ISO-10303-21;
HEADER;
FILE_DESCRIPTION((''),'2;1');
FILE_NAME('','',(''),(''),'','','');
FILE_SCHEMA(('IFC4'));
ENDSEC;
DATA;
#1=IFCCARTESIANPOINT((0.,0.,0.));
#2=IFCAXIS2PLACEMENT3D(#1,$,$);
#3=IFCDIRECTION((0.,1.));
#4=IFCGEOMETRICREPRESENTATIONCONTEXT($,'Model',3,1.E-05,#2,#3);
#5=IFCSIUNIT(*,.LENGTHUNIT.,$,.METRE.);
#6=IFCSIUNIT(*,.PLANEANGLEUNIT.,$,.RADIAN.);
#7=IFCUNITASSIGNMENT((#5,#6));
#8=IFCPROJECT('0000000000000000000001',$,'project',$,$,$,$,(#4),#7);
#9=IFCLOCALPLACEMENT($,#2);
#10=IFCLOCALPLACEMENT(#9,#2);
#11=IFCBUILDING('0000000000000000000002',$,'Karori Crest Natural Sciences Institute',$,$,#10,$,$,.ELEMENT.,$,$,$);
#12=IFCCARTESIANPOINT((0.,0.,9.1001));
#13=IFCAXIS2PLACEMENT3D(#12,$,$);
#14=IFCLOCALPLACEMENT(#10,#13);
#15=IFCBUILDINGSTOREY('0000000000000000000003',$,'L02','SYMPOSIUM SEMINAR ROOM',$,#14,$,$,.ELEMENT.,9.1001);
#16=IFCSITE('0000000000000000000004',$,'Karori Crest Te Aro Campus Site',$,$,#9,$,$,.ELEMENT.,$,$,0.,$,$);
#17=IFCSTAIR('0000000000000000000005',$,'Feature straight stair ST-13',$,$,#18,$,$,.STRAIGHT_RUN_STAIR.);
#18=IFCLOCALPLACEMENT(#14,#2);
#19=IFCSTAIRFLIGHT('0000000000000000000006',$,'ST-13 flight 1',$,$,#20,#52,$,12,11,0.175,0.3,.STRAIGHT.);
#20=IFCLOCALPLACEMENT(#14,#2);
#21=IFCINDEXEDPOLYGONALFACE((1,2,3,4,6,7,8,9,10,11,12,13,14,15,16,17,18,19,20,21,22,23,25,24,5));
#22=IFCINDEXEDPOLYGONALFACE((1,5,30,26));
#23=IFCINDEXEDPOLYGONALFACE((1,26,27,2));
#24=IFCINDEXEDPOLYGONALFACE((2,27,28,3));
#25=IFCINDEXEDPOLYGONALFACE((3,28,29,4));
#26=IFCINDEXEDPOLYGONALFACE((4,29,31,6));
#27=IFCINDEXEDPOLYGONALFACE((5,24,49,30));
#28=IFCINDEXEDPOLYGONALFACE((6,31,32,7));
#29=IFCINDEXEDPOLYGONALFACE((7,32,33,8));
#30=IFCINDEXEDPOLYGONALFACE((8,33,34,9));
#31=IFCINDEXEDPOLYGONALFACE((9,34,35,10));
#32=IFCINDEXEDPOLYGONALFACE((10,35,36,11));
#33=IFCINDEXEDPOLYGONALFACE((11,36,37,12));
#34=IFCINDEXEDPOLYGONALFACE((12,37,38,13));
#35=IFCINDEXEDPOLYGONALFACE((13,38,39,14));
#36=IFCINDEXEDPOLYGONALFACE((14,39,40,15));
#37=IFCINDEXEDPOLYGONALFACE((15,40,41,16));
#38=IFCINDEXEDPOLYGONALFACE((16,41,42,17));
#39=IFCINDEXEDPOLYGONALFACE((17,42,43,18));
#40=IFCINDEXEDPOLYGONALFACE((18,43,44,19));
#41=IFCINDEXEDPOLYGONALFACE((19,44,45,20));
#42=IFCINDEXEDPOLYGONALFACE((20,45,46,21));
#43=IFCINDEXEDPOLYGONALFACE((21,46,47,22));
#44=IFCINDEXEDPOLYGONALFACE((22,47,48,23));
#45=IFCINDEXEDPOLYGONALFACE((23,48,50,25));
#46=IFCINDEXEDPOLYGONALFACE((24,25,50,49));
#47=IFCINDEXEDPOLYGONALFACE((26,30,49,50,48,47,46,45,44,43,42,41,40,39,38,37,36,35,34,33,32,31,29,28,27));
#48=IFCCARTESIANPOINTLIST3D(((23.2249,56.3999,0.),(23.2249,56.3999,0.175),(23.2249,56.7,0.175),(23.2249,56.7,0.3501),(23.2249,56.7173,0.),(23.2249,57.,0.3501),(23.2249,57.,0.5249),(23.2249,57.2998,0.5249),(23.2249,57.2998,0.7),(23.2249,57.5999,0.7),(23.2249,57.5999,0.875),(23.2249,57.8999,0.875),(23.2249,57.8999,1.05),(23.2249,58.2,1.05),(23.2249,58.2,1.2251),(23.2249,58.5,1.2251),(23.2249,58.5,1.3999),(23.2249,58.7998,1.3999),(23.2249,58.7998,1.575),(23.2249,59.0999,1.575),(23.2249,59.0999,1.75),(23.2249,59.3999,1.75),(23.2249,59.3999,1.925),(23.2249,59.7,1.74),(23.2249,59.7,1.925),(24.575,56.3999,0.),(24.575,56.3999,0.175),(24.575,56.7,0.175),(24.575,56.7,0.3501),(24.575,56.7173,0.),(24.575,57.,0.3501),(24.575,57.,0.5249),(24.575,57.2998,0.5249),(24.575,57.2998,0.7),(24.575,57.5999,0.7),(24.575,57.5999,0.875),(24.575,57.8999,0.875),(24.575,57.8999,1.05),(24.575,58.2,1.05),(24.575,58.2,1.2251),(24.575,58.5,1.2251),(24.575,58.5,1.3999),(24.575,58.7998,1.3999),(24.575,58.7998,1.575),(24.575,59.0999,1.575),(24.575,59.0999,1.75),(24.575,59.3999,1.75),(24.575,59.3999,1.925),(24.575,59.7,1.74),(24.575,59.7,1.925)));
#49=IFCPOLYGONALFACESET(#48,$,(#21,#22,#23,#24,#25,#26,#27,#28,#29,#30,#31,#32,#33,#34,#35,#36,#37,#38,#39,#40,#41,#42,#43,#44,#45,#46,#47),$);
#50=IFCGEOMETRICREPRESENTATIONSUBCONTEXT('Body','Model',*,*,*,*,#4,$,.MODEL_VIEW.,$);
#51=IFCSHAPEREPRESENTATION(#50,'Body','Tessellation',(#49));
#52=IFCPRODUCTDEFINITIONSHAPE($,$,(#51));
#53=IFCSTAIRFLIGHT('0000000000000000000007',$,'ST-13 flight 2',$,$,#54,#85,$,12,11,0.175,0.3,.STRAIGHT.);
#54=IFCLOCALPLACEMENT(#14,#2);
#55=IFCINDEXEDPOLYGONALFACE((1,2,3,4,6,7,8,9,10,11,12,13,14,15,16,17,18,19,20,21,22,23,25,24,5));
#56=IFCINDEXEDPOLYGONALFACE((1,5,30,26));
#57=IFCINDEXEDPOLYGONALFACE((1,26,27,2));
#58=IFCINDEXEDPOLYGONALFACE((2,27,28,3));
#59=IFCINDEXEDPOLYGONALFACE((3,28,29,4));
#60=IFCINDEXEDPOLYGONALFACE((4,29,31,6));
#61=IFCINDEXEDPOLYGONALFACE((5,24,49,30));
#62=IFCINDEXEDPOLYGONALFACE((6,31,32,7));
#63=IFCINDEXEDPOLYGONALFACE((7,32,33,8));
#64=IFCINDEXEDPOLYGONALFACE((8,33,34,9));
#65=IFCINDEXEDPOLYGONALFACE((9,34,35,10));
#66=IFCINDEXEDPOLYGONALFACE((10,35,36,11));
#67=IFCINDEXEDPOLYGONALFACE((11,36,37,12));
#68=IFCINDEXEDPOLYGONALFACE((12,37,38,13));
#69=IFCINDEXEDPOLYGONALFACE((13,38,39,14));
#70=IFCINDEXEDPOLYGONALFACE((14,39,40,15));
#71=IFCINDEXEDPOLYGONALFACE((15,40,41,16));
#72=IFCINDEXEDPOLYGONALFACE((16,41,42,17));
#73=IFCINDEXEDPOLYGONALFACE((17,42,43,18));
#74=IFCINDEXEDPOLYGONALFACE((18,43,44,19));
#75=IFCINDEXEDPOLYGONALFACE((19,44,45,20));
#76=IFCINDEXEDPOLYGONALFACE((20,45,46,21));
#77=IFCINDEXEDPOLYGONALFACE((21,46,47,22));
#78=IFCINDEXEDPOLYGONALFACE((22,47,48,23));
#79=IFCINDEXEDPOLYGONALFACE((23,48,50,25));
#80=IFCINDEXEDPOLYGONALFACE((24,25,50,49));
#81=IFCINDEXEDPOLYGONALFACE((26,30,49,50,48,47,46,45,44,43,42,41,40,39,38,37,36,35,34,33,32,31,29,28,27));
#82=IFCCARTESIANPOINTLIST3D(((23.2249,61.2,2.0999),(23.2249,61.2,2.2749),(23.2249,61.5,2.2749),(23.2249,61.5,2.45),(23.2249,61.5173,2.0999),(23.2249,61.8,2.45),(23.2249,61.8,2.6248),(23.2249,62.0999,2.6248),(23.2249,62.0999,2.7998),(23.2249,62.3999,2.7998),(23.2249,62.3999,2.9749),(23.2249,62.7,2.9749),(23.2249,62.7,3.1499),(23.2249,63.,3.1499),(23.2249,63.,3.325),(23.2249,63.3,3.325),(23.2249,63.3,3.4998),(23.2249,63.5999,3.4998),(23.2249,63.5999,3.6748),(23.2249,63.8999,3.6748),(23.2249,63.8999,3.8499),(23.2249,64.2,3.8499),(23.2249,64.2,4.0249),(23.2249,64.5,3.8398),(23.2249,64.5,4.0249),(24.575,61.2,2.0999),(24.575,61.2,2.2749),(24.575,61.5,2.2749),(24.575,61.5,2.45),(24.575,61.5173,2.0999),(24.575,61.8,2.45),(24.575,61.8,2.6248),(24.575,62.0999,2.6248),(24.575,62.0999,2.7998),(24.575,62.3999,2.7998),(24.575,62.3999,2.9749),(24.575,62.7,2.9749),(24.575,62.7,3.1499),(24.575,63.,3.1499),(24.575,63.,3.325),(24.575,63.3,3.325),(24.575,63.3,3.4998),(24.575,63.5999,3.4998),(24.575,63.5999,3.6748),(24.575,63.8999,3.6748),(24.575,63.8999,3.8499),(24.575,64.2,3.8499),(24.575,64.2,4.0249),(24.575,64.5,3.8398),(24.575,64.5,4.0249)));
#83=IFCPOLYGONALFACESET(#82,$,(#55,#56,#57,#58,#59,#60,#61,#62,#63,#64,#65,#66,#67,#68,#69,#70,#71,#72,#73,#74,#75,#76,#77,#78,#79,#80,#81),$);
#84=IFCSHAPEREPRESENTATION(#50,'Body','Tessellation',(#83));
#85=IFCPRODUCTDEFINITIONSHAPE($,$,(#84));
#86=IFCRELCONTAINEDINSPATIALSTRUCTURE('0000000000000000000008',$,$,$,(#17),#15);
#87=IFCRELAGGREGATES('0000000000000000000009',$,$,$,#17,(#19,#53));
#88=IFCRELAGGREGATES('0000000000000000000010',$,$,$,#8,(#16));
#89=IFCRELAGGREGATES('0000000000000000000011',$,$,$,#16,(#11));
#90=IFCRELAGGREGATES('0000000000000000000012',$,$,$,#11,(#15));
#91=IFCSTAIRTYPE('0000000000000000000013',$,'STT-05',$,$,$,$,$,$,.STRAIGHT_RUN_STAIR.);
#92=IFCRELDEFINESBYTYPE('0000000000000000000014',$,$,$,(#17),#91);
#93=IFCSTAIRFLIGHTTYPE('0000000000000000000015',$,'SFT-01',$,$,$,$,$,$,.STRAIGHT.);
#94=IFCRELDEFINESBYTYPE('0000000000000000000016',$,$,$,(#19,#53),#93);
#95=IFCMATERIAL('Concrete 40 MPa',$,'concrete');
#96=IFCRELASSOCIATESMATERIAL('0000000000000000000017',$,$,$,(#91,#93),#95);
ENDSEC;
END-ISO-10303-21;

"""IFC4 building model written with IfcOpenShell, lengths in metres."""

from ifc_helpers import new_model, si_unit, direction, frame, origin, place, context, subcontext, project, spatial, polyline, outline, extrude, material, type_object, element, aggregate, save


model = new_model("IFC4")

# Units and contexts
model_context = context("Model", 3, precision=1e-05, world=origin(), true_north=direction((0.0, 1.0)))
body_context = subcontext(model_context, "Body", "Model", "MODEL_VIEW")
ifc_project = project(units=[si_unit("LENGTHUNIT", "METRE"), si_unit("PLANEANGLEUNIT", "RADIAN")], contexts=[model_context])

# Site, building, storey
site_placement = place(None, origin())
site = spatial("IfcSite", under=ifc_project, at=site_placement, Name="Karori Crest Te Aro Campus Site", CompositionType="ELEMENT", RefElevation=0.0)
building_placement = place(site_placement, origin())
building = spatial("IfcBuilding", under=site, at=building_placement, Name="Karori Crest Natural Sciences Institute", CompositionType="ELEMENT")
storey_placement = place(building_placement, frame((0.0, 0.0, 9.1001)))
storey = spatial("IfcBuildingStorey", under=building, at=storey_placement, Name="L02", Description="SYMPOSIUM SEMINAR ROOM", CompositionType="ELEMENT", Elevation=9.1001)

# Stair, stair flights
ifc_material_1 = material(Name="Concrete 40 MPa", Category="concrete")
stair_type = type_object("IfcStairType", Name="STT-05", PredefinedType="STRAIGHT_RUN_STAIR", material=ifc_material_1)
stair_placement = place(storey_placement, origin())
stair = element("IfcStair", 1, at=stair_placement, inside=storey, type_object=stair_type, Name="Feature straight stair ST-13", PredefinedType="STRAIGHT_RUN_STAIR")
stair_flight_type = type_object("IfcStairFlightType", Name="SFT-01", PredefinedType="STRAIGHT", material=ifc_material_1)
stair_flight_1_placement = place(storey_placement, frame((23.8999, 56.3999, 0.0), z_axis=(0.0, 0.0, 1.0), x_axis=(0.0, 1.0, 0.0)))
stair_flight_1 = element("IfcStairFlight", 2, at=stair_flight_1_placement, type_object=stair_flight_type, Name="ST-13 flight 1", NumberOfRisers=12, NumberOfTreads=11, PredefinedType="STRAIGHT", RiserHeight=0.175, TreadLength=0.3, context=body_context, shape_type="SweptSolid", body=[
    extrude(outline(polyline([(0.0, 0.0), (0.0, 0.175), (0.3, 0.175), (0.3, 0.3501), (0.6001, 0.3501), (0.6001, 0.5249), (0.8999, 0.5249), (0.8999, 0.7), (1.2, 0.7), (1.2, 0.875), (1.5, 0.875), (1.5, 1.05), (1.8, 1.05), (1.8, 1.2251), (2.1001, 1.2251), (2.1001, 1.3999), (2.3999, 1.3999), (2.3999, 1.575), (2.7, 1.575), (2.7, 1.75), (3.0, 1.75), (3.0, 1.925), (3.3, 1.925), (3.3, 2.1001), (3.3, 1.74), (0.3174, 0.0), (0.0, 0.0)])), frame((0.0, 0.675, 0.0), z_axis=(0.0, -1.0, 0.0), x_axis=(1.0, 0.0, 0.0)), (0.0, 0.0, 1.0), 1.3501),
])
stair_flight_2_placement = place(storey_placement, frame((23.8999, 61.2, 2.0999), z_axis=(0.0, 0.0, 1.0), x_axis=(0.0, 1.0, 0.0)))
stair_flight_2 = element("IfcStairFlight", 3, at=stair_flight_2_placement, type_object=stair_flight_type, Name="ST-13 flight 2", NumberOfRisers=12, NumberOfTreads=11, PredefinedType="STRAIGHT", RiserHeight=0.175, TreadLength=0.3, context=body_context, shape_type="SweptSolid", body=[
    extrude(outline(polyline([(0.0, 0.0), (0.0, 0.175), (0.3, 0.175), (0.3, 0.3501), (0.6001, 0.3501), (0.6001, 0.5249), (0.8999, 0.5249), (0.8999, 0.7), (1.2, 0.7), (1.2, 0.875), (1.5, 0.875), (1.5, 1.05), (1.8, 1.05), (1.8, 1.2251), (2.1001, 1.2251), (2.1001, 1.3999), (2.3999, 1.3999), (2.3999, 1.575), (2.7, 1.575), (2.7, 1.75), (3.0, 1.75), (3.0, 1.925), (3.3, 1.925), (3.3, 2.1001), (3.3, 1.74), (0.3174, 0.0), (0.0, 0.0)])), frame((0.0, 0.675, 0.0), z_axis=(0.0, -1.0, 0.0), x_axis=(1.0, 0.0, 0.0)), (0.0, 0.0, 1.0), 1.3501),
])
aggregate(stair, [stair_flight_1, stair_flight_2])

save(model, "model.ifc")
